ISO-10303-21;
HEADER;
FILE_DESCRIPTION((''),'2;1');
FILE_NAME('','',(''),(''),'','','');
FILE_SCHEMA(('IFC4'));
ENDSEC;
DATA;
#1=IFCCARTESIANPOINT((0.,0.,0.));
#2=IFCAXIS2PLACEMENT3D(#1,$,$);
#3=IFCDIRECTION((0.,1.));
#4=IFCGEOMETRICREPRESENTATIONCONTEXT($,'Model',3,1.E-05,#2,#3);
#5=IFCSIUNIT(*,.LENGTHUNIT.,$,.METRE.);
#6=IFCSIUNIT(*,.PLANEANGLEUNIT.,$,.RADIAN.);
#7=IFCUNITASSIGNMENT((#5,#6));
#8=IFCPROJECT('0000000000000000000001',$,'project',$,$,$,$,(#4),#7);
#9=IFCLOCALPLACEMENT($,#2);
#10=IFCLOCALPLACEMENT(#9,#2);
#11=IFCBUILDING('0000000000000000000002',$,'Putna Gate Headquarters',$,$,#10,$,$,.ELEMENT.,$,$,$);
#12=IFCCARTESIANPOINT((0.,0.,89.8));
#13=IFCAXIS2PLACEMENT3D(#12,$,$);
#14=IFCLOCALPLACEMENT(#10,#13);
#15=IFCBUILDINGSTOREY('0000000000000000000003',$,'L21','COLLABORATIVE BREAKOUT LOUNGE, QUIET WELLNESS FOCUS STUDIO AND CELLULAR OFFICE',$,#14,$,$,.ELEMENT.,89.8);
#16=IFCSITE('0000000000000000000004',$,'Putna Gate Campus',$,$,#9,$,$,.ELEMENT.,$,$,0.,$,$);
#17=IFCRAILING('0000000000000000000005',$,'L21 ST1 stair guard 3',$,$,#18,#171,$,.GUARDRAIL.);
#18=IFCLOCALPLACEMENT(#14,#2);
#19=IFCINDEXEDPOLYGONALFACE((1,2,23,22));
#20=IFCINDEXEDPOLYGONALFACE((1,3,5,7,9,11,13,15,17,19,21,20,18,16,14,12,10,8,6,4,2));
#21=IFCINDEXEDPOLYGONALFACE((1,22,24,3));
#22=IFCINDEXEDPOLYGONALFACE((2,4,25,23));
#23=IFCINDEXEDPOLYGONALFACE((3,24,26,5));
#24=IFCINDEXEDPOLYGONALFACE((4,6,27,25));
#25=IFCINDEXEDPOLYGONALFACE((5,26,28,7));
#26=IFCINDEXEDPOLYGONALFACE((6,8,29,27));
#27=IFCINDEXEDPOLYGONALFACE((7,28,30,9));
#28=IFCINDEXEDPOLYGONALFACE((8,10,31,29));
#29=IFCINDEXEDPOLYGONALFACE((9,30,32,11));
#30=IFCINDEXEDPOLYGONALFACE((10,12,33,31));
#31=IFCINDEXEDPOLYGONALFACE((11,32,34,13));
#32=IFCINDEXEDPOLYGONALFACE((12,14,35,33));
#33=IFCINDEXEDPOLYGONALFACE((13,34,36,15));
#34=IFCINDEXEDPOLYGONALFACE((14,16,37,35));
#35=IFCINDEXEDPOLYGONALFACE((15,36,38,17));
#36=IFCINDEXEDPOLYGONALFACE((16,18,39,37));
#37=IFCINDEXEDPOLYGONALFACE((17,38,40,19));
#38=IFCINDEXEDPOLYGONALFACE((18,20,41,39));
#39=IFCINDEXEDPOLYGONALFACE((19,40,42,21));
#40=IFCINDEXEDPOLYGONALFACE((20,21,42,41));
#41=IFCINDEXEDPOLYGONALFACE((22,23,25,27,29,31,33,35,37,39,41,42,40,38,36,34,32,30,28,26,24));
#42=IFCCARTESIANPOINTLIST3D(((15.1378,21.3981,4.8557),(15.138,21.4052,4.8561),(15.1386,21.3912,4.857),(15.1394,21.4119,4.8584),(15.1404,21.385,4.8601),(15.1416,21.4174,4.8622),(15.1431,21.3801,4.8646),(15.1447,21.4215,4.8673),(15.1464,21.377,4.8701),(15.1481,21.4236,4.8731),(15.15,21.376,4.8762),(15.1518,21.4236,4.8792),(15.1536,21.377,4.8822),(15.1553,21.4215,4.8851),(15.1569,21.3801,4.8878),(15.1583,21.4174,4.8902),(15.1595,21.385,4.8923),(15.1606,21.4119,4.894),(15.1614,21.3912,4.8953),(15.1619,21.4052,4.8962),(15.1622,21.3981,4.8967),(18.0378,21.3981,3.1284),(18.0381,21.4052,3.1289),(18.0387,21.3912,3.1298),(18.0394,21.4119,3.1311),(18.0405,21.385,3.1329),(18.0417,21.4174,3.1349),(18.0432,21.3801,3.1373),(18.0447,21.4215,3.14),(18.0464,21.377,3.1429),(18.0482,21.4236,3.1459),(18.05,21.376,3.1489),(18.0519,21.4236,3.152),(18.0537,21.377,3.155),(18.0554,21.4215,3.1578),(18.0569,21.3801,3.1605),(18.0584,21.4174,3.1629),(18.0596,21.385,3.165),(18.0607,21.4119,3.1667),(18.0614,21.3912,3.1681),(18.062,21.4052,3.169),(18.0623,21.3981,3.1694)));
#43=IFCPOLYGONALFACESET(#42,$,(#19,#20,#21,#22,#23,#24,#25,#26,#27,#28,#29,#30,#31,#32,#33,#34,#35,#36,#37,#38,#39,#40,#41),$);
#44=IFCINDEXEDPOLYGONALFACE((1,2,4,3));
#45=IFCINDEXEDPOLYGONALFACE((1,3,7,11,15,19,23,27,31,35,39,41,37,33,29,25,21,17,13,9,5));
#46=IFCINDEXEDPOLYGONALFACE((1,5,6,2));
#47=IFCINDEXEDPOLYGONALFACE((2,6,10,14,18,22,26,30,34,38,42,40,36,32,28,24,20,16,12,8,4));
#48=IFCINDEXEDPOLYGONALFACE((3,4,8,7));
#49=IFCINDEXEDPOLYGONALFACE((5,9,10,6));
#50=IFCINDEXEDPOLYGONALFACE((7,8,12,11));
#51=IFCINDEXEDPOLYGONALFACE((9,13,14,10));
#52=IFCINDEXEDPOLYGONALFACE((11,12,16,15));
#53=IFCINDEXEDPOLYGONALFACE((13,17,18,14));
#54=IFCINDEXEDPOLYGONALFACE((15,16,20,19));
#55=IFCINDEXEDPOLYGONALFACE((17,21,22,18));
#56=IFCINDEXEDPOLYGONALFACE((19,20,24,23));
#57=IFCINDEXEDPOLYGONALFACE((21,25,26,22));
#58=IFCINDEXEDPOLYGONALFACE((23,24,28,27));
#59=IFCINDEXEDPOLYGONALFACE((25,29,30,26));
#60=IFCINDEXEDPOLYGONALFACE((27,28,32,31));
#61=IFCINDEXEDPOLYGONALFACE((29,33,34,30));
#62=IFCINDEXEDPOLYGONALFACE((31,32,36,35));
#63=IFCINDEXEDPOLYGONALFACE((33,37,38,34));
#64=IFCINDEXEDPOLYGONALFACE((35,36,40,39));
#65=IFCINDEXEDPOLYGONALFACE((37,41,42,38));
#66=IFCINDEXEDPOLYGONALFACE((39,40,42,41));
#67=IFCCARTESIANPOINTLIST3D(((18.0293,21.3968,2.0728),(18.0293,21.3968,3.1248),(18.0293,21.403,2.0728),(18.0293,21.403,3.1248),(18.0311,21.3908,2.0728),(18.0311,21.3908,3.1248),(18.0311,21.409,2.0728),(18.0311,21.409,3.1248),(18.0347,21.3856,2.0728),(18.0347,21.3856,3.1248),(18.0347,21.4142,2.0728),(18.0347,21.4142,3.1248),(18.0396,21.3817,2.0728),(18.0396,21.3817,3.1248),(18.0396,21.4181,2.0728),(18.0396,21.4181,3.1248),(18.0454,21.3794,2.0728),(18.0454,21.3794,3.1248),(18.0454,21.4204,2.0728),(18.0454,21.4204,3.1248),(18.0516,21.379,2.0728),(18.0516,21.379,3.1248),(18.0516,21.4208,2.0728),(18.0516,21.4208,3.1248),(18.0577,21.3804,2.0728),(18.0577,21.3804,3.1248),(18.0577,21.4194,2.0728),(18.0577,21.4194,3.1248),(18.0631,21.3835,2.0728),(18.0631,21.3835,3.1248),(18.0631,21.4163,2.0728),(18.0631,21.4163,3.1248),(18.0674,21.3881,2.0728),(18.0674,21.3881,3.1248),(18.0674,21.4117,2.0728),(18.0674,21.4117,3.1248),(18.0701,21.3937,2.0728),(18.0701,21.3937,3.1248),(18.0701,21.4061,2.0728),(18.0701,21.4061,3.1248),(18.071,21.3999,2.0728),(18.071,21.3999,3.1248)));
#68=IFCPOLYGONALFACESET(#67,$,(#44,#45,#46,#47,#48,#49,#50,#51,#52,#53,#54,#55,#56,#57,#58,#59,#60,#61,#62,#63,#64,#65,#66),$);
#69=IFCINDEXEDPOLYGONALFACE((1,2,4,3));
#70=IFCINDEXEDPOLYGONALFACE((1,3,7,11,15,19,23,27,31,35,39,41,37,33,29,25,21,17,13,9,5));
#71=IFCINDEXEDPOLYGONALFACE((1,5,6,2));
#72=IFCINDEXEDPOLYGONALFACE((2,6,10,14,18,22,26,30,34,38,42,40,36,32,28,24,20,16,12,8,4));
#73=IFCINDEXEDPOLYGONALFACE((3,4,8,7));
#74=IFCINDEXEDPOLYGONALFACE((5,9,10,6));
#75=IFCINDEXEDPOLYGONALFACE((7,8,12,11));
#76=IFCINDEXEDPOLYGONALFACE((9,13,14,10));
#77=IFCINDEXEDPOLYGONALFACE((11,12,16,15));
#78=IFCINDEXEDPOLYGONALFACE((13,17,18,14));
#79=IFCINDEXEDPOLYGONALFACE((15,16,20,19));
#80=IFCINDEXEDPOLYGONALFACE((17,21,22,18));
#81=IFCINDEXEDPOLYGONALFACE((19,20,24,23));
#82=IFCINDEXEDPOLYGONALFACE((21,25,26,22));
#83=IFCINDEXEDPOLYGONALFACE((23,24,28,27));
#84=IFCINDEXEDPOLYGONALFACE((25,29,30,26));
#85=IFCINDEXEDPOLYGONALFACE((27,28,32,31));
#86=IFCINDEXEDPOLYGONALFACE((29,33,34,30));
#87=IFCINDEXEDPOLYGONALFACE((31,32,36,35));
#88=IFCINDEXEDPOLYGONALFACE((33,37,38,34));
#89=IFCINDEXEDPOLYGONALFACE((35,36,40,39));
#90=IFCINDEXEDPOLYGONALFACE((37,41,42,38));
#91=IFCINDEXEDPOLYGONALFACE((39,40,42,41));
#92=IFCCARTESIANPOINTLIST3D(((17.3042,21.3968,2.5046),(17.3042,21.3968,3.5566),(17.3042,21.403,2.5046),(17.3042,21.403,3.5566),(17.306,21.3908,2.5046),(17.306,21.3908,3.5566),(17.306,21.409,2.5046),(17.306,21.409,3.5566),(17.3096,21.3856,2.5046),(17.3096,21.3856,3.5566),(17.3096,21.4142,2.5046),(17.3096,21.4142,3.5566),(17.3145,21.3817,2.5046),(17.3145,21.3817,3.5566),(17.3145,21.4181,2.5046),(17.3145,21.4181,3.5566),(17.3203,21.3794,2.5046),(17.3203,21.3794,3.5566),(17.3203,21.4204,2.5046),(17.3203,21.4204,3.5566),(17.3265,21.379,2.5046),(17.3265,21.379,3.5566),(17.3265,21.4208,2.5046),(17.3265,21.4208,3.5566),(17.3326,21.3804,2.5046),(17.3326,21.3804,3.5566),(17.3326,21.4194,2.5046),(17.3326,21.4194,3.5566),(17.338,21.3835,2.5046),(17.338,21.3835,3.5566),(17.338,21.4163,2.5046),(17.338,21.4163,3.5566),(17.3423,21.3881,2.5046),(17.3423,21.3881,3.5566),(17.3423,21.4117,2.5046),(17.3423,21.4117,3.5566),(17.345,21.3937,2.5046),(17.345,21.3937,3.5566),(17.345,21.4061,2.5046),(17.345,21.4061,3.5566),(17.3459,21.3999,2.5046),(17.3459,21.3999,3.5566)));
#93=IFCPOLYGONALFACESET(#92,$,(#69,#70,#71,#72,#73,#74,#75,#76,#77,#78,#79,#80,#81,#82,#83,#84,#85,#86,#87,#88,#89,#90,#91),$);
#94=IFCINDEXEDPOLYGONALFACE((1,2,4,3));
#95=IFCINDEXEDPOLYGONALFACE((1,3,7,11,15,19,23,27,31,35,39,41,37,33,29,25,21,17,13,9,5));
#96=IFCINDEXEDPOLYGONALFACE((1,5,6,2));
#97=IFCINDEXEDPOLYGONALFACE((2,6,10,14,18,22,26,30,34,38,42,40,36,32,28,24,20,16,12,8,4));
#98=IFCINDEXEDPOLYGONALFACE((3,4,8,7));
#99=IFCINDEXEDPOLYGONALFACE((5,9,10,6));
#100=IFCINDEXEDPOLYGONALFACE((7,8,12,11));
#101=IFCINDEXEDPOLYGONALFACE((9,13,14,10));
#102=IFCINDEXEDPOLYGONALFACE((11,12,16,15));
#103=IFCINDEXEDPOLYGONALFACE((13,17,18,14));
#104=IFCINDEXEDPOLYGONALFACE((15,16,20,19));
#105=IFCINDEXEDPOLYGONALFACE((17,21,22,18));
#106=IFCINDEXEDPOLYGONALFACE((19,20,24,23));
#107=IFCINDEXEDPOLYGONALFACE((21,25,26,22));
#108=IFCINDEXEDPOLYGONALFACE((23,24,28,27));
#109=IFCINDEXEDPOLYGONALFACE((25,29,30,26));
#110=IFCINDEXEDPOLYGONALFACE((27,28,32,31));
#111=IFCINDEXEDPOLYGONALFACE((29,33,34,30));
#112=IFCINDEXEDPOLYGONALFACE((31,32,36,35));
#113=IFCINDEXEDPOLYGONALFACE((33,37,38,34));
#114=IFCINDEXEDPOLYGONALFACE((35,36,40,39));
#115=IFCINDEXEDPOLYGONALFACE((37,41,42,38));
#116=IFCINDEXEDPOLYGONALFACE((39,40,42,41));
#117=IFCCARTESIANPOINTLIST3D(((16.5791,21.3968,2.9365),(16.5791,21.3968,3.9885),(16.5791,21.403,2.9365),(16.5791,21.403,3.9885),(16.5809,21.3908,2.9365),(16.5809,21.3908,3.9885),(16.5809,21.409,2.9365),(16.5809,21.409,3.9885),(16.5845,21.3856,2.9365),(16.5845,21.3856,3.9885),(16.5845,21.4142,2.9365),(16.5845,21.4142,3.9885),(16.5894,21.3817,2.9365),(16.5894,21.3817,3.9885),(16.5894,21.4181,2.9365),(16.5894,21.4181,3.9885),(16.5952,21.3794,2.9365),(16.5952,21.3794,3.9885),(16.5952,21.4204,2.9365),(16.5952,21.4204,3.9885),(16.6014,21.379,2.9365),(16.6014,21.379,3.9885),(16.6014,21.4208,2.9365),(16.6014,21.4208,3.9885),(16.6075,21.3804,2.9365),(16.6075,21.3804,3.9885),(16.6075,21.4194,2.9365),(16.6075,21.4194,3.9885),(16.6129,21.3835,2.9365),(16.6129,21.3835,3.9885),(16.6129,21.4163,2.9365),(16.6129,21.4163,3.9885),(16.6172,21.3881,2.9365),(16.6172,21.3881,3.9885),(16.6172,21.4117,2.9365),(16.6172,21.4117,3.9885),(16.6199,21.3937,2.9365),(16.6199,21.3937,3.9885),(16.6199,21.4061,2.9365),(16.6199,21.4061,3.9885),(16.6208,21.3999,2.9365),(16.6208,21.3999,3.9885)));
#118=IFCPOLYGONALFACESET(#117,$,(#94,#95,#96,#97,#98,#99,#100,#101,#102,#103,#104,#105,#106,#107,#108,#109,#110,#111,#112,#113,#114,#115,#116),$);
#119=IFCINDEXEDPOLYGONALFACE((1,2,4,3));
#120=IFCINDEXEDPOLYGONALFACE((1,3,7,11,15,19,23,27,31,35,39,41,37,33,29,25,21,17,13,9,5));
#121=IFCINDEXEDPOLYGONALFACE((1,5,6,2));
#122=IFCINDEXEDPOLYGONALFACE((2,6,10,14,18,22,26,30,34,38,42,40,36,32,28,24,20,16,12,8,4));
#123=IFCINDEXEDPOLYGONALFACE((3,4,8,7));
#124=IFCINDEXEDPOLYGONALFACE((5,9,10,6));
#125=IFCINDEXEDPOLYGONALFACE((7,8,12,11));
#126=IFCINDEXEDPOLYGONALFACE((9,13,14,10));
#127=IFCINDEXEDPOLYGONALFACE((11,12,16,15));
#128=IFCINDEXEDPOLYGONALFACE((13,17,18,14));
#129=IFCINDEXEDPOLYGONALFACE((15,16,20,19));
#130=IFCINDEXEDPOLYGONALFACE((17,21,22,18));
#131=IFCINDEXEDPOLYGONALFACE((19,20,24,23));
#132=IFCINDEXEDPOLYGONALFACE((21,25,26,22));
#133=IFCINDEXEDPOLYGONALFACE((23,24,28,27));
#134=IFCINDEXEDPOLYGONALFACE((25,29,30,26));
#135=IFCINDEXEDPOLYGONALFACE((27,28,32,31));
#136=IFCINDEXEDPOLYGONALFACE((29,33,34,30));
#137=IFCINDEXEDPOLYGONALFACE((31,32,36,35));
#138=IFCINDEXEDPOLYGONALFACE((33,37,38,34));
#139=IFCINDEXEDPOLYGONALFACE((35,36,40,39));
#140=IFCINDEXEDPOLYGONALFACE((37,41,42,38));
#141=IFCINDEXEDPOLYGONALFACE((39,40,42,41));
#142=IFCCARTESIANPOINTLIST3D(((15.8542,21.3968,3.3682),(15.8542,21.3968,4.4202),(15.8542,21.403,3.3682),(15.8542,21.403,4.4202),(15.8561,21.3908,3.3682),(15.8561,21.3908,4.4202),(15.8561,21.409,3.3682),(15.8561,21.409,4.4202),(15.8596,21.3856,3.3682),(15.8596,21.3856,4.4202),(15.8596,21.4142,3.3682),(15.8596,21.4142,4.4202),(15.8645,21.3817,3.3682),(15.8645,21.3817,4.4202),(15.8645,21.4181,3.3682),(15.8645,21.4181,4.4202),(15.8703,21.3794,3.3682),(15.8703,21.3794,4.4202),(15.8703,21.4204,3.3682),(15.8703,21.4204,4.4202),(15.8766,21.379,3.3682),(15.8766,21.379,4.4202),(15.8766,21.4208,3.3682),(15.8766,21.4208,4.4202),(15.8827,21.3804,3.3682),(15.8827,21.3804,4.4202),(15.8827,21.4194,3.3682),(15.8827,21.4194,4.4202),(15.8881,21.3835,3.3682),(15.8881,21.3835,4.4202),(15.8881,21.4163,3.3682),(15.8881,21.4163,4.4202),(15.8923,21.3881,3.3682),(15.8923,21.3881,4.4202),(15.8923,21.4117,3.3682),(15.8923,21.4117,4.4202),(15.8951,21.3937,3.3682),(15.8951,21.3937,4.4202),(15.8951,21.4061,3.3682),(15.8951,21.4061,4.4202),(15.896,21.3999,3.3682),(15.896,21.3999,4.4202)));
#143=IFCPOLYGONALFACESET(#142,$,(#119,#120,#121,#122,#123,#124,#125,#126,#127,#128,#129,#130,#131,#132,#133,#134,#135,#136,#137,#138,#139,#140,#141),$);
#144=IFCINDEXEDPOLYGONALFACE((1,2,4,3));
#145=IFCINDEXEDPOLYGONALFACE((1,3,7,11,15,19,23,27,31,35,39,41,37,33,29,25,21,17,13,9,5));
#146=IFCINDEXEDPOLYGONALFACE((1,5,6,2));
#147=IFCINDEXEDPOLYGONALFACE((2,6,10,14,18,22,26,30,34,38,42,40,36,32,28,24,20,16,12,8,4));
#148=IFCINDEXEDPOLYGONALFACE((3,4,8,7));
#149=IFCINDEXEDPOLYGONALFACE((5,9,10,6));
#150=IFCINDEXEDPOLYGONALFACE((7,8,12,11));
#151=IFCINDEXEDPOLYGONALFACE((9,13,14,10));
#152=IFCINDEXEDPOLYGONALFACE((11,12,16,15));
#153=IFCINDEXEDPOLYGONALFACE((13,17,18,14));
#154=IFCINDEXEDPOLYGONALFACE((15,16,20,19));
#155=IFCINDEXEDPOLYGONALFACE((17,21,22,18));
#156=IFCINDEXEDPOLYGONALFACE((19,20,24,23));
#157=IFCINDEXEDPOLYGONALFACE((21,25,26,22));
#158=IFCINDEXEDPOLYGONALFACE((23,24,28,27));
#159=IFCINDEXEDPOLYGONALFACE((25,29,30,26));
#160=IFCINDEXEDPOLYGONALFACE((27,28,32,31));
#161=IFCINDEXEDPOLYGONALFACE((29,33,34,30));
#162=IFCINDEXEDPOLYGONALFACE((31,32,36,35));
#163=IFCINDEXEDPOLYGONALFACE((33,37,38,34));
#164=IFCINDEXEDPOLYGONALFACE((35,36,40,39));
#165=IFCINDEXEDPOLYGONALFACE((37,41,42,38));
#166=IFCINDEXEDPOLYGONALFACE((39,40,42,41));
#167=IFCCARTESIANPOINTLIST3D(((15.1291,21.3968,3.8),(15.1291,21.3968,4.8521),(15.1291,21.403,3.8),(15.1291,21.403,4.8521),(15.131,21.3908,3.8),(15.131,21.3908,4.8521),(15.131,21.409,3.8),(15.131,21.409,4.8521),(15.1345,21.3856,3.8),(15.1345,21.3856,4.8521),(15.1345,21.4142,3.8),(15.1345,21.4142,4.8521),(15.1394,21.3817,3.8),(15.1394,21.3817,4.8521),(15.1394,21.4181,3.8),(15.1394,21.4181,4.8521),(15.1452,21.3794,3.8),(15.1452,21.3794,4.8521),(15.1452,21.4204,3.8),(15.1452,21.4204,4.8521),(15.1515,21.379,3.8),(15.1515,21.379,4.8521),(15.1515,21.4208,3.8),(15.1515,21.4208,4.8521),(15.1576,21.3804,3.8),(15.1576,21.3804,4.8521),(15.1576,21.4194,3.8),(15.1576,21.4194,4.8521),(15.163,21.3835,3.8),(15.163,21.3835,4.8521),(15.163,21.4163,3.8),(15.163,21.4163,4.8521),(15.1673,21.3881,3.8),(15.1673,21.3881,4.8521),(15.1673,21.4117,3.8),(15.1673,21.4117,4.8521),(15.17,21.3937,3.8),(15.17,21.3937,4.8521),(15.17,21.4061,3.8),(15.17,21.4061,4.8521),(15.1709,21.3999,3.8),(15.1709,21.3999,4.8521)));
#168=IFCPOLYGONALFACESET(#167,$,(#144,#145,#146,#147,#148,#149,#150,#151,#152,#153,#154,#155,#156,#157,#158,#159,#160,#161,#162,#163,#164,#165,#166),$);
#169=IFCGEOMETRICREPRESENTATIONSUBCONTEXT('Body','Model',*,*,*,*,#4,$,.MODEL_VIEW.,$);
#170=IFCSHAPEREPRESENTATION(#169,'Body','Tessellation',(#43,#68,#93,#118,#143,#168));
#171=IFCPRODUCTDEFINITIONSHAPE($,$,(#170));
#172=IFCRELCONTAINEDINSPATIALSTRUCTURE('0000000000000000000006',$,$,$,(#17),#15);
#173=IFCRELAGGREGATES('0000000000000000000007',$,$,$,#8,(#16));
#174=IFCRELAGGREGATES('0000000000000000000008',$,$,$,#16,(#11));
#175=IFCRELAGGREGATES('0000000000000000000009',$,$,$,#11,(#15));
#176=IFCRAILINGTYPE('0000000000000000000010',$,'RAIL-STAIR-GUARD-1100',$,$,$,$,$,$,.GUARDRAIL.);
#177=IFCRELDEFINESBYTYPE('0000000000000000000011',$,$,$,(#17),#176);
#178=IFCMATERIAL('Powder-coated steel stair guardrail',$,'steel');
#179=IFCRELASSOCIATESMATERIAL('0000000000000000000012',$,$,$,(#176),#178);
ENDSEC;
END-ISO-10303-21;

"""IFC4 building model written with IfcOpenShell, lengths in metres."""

from ifc_helpers import new_model, si_unit, direction, frame, origin, origin_2d, place, context, subcontext, project, spatial, circle, extrude, material, type_object, element, save


model = new_model("IFC4")

# Units and contexts
model_context = context("Model", 3, precision=1e-05, world=origin(), true_north=direction((0.0, 1.0)))
body_context = subcontext(model_context, "Body", "Model", "MODEL_VIEW")
ifc_project = project(units=[si_unit("LENGTHUNIT", "METRE"), si_unit("PLANEANGLEUNIT", "RADIAN")], contexts=[model_context])

# Site, building, storey
site_placement = place(None, origin())
site = spatial("IfcSite", under=ifc_project, at=site_placement, Name="Putna Gate Campus", CompositionType="ELEMENT", RefElevation=0.0)
building_placement = place(site_placement, origin())
building = spatial("IfcBuilding", under=site, at=building_placement, Name="Putna Gate Headquarters", CompositionType="ELEMENT")
storey_placement = place(building_placement, frame((0.0, 0.0, 89.8)))
storey = spatial("IfcBuildingStorey", under=building, at=storey_placement, Name="L21", Description="COLLABORATIVE BREAKOUT LOUNGE, QUIET WELLNESS FOCUS STUDIO AND CELLULAR OFFICE", CompositionType="ELEMENT", Elevation=89.8)

# Railing
ifc_material_1 = material(Name="Powder-coated steel stair guardrail", Category="steel")
railing_type_1 = type_object("IfcRailingType", Name="RAIL-STAIR-GUARD-1100", PredefinedType="GUARDRAIL", material=ifc_material_1)
railing_1_placement = place(storey_placement, frame((18.05, 21.3999, 2.0728)))
element("IfcRailing", 1, at=railing_1_placement, inside=storey, type_object=railing_type_1, Name="L21 ST1 stair guard 3", PredefinedType="GUARDRAIL", context=body_context, shape_type="SweptSolid", body=[
    extrude(circle(Radius=0.0239, at=origin_2d()), frame((0.0, 0.0, 1.0762), z_axis=(-0.85916, 0.0, 0.511706), x_axis=(0.0, -1.0, 0.0)), (0.0, 0.0, 1.0), 3.3755),
    extrude(circle(Radius=0.021, at=origin_2d()), origin(), (0.0, 0.0, 1.0), 1.052),
    extrude(circle(Radius=0.021, at=origin_2d()), frame((-0.7251, 0.0, 0.4319)), (0.0, 0.0, 1.0), 1.052),
    extrude(circle(Radius=0.021, at=origin_2d()), frame((-1.4502, 0.0, 0.8638)), (0.0, 0.0, 1.0), 1.052),
    extrude(circle(Radius=0.021, at=origin_2d()), frame((-2.175, 0.0, 1.2954)), (0.0, 0.0, 1.0), 1.052),
    extrude(circle(Radius=0.021, at=origin_2d()), frame((-2.9001, 0.0, 1.7273)), (0.0, 0.0, 1.0), 1.052),
])

save(model, "model.ifc")
